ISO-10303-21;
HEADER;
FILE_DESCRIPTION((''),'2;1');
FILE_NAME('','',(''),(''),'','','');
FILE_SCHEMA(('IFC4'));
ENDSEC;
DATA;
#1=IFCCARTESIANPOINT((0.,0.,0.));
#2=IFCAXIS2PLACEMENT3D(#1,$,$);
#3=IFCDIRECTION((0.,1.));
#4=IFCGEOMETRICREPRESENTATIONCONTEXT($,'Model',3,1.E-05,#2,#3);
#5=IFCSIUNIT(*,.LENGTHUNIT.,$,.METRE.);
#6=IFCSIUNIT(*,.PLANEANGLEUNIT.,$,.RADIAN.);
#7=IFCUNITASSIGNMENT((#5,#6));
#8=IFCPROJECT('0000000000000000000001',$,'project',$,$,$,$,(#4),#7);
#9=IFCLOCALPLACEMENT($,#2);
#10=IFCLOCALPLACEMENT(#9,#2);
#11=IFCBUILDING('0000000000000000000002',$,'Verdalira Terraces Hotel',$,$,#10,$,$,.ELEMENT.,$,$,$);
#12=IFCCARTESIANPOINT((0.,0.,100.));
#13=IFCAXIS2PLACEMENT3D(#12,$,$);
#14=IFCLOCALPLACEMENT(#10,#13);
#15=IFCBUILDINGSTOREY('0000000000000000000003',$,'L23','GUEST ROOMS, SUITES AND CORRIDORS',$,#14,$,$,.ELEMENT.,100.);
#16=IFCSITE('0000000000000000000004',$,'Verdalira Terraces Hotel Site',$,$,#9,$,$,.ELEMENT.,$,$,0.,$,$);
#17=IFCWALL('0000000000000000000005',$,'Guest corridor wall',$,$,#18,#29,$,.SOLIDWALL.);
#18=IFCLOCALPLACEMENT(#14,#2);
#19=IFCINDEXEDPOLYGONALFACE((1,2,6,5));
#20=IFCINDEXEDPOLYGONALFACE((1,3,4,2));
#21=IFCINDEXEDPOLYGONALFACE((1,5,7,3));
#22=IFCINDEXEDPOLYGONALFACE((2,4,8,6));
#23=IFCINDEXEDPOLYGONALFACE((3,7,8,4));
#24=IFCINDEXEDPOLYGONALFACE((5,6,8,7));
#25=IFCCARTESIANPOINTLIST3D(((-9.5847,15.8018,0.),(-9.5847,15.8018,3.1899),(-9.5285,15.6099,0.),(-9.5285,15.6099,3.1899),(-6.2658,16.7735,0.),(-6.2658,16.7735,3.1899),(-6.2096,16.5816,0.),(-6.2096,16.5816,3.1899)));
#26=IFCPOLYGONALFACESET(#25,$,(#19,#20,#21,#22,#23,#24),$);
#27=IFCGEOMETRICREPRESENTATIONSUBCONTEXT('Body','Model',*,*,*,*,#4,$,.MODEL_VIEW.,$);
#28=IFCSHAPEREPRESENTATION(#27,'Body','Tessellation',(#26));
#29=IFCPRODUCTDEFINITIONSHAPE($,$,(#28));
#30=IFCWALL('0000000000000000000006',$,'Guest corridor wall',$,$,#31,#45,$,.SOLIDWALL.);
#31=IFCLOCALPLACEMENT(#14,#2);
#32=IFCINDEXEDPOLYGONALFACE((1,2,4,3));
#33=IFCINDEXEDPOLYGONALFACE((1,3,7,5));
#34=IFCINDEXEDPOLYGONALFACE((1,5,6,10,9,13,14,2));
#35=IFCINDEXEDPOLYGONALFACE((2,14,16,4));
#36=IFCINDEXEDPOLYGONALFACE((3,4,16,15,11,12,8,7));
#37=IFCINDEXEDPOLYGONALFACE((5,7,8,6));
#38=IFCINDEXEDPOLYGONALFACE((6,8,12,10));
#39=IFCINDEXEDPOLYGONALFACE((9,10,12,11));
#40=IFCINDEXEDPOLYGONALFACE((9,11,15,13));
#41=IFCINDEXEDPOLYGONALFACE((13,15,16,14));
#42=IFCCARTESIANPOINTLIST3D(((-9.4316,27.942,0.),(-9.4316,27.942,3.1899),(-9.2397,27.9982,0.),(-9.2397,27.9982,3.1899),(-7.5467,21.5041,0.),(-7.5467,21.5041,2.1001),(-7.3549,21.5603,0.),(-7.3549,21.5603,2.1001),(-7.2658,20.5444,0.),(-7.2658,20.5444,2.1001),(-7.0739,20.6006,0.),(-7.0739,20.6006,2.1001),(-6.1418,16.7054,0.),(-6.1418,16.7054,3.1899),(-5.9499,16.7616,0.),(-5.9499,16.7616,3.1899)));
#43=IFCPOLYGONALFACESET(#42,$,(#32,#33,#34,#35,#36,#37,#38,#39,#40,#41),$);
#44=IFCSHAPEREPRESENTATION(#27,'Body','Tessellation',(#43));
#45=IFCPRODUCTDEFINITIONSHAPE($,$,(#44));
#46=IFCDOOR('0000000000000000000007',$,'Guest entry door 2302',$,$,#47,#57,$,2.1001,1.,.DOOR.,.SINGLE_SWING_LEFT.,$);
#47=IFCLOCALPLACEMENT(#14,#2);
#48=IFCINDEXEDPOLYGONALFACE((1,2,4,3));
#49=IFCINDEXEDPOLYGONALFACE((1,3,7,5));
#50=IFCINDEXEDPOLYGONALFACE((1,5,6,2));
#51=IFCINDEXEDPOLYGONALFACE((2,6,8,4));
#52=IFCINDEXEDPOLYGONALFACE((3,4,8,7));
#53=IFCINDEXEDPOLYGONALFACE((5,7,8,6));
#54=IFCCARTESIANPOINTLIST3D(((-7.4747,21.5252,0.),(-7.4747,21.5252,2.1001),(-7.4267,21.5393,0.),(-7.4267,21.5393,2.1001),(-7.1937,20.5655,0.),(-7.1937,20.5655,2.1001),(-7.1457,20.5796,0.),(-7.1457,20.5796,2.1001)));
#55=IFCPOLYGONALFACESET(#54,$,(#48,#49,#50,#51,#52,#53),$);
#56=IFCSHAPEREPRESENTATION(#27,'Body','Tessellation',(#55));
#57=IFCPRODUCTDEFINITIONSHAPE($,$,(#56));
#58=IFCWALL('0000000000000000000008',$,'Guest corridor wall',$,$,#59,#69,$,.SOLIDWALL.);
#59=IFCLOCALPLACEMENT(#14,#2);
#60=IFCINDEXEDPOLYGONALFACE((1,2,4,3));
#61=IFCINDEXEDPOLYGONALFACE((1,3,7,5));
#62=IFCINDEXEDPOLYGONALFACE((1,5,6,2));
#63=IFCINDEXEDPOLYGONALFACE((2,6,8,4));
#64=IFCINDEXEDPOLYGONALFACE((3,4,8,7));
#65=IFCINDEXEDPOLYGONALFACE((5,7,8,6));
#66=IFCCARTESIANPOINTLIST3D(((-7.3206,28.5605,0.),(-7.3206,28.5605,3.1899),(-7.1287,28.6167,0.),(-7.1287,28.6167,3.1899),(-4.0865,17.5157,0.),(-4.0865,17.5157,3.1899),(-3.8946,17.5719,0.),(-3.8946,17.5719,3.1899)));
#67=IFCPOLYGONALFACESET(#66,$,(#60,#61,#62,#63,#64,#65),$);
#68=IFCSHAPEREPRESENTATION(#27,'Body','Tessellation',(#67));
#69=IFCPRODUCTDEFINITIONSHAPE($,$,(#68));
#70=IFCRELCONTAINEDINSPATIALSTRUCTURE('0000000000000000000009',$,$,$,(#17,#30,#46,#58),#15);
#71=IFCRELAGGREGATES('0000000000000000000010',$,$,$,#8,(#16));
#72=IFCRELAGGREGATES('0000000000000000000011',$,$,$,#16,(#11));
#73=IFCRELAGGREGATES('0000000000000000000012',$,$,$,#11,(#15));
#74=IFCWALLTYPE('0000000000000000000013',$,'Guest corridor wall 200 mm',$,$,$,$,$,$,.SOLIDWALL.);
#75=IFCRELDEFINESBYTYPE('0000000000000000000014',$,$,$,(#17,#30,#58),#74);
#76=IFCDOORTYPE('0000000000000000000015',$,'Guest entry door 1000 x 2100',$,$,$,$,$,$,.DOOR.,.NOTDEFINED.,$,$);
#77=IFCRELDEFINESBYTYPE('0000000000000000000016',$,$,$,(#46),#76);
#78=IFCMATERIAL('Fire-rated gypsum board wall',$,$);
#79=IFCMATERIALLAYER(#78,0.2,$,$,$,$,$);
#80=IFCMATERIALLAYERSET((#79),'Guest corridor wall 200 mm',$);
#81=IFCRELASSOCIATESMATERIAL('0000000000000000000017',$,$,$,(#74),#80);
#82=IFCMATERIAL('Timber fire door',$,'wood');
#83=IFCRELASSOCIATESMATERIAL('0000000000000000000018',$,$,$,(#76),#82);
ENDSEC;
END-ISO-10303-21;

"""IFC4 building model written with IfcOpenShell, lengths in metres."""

from ifc_helpers import new_model, si_unit, direction, frame, frame_2d, origin, place, context, subcontext, project, spatial, rectangle, extrude, material, layer, layer_set, type_object, element, fill, save


model = new_model("IFC4")

# Units and contexts
model_context = context("Model", 3, precision=1e-05, world=origin(), true_north=direction((0.0, 1.0)))
body_context = subcontext(model_context, "Body", "Model", "MODEL_VIEW")
ifc_project = project(units=[si_unit("LENGTHUNIT", "METRE"), si_unit("PLANEANGLEUNIT", "RADIAN")], contexts=[model_context])

# Site, building, storey
site_placement = place(None, origin())
site = spatial("IfcSite", under=ifc_project, at=site_placement, Name="Verdalira Terraces Hotel Site", CompositionType="ELEMENT", RefElevation=0.0)
building_placement = place(site_placement, origin())
building = spatial("IfcBuilding", under=site, at=building_placement, Name="Verdalira Terraces Hotel", CompositionType="ELEMENT")
storey_placement = place(building_placement, frame((0.0, 0.0, 100.0)))
storey = spatial("IfcBuildingStorey", under=building, at=storey_placement, Name="L23", Description="GUEST ROOMS, SUITES AND CORRIDORS", CompositionType="ELEMENT", Elevation=100.0)

# Wall
ifc_material_1 = material(Name="Fire-rated gypsum board wall")
ifc_layer_1 = layer(ifc_material_1, 0.2)
ifc_layer_set_1 = layer_set([ifc_layer_1], Name="Guest corridor wall 200 mm")
wall_type_1 = type_object("IfcWallType", Name="Guest corridor wall 200 mm", PredefinedType="SOLIDWALL", material=ifc_layer_set_1)
wall_1_placement = place(storey_placement, frame((-6.2378, 16.6775, 0.0), z_axis=(0.0, 0.0, 1.0), x_axis=(-0.959713, -0.280981, 0.0)))
element("IfcWall", 1, at=wall_1_placement, inside=storey, type_object=wall_type_1, Name="Guest corridor wall", PredefinedType="SOLIDWALL", context=body_context, shape_type="SweptSolid", body=[
    extrude(rectangle(XDim=3.4583, YDim=0.2, at=frame_2d((1.729, 0.0))), origin(), (0.0, 0.0, 1.0), 3.1899),
])

# Wall, opening, door
wall_2_placement = place(storey_placement, frame((-6.0459, 16.7336, 0.0), z_axis=(0.0, 0.0, 1.0), x_axis=(-0.280981, 0.959713, 0.0)))
wall_2 = element("IfcWall", 2, at=wall_2_placement, inside=storey, type_object=wall_type_1, Name="Guest corridor wall", PredefinedType="SOLIDWALL", context=body_context, shape_type="SweptSolid", body=[
    extrude(rectangle(XDim=11.7083, YDim=0.2, at=frame_2d((5.854, 0.0))), origin(), (0.0, 0.0, 1.0), 3.1899),
])
opening_1_placement = place(wall_2_placement, frame((4.0, 0.0, 0.0)))
opening_1 = element("IfcOpeningElement", 3, at=opening_1_placement, cuts=wall_2, PredefinedType="OPENING", context=body_context, shape_type="SweptSolid", body=[
    extrude(rectangle(XDim=1.0, YDim=2.1001, at=frame_2d((0.5, 1.05))), frame((0.0, 0.1099, 0.0), z_axis=(0.0, -1.0, 0.0), x_axis=(1.0, 0.0, 0.0)), (0.0, 0.0, 1.0), 0.22),
])
ifc_material_2 = material(Name="Timber fire door", Category="wood")
door_type_1 = type_object("IfcDoorType", Name="Guest entry door 1000 x 2100", OperationType="NOTDEFINED", PredefinedType="DOOR", material=ifc_material_2)
door_1_placement = place(opening_1_placement, origin())
door_1 = element("IfcDoor", 4, at=door_1_placement, inside=storey, type_object=door_type_1, Name="Guest entry door 2302", OperationType="SINGLE_SWING_LEFT", OverallHeight=2.1001, OverallWidth=1.0, PredefinedType="DOOR", context=body_context, shape_type="SweptSolid", body=[
    extrude(rectangle(XDim=1.0, YDim=2.1001, at=frame_2d((0.5, 1.05))), frame((0.0, 0.0249, 0.0), z_axis=(0.0, -1.0, 0.0), x_axis=(1.0, 0.0, 0.0)), (0.0, 0.0, 1.0), 0.05),
])
fill(opening_1, door_1)

# Wall
wall_3_placement = place(storey_placement, frame((-3.9905, 17.5437, 0.0), z_axis=(0.0, 0.0, 1.0), x_axis=(-0.281022, 0.959701, 0.0)))
element("IfcWall", 5, at=wall_3_placement, inside=storey, type_object=wall_type_1, Name="Guest corridor wall", PredefinedType="SOLIDWALL", context=body_context, shape_type="SweptSolid", body=[
    extrude(rectangle(XDim=11.5085, YDim=0.2, at=frame_2d((5.7544, 0.0))), origin(), (0.0, 0.0, 1.0), 3.1899),
])

save(model, "model.ifc")
